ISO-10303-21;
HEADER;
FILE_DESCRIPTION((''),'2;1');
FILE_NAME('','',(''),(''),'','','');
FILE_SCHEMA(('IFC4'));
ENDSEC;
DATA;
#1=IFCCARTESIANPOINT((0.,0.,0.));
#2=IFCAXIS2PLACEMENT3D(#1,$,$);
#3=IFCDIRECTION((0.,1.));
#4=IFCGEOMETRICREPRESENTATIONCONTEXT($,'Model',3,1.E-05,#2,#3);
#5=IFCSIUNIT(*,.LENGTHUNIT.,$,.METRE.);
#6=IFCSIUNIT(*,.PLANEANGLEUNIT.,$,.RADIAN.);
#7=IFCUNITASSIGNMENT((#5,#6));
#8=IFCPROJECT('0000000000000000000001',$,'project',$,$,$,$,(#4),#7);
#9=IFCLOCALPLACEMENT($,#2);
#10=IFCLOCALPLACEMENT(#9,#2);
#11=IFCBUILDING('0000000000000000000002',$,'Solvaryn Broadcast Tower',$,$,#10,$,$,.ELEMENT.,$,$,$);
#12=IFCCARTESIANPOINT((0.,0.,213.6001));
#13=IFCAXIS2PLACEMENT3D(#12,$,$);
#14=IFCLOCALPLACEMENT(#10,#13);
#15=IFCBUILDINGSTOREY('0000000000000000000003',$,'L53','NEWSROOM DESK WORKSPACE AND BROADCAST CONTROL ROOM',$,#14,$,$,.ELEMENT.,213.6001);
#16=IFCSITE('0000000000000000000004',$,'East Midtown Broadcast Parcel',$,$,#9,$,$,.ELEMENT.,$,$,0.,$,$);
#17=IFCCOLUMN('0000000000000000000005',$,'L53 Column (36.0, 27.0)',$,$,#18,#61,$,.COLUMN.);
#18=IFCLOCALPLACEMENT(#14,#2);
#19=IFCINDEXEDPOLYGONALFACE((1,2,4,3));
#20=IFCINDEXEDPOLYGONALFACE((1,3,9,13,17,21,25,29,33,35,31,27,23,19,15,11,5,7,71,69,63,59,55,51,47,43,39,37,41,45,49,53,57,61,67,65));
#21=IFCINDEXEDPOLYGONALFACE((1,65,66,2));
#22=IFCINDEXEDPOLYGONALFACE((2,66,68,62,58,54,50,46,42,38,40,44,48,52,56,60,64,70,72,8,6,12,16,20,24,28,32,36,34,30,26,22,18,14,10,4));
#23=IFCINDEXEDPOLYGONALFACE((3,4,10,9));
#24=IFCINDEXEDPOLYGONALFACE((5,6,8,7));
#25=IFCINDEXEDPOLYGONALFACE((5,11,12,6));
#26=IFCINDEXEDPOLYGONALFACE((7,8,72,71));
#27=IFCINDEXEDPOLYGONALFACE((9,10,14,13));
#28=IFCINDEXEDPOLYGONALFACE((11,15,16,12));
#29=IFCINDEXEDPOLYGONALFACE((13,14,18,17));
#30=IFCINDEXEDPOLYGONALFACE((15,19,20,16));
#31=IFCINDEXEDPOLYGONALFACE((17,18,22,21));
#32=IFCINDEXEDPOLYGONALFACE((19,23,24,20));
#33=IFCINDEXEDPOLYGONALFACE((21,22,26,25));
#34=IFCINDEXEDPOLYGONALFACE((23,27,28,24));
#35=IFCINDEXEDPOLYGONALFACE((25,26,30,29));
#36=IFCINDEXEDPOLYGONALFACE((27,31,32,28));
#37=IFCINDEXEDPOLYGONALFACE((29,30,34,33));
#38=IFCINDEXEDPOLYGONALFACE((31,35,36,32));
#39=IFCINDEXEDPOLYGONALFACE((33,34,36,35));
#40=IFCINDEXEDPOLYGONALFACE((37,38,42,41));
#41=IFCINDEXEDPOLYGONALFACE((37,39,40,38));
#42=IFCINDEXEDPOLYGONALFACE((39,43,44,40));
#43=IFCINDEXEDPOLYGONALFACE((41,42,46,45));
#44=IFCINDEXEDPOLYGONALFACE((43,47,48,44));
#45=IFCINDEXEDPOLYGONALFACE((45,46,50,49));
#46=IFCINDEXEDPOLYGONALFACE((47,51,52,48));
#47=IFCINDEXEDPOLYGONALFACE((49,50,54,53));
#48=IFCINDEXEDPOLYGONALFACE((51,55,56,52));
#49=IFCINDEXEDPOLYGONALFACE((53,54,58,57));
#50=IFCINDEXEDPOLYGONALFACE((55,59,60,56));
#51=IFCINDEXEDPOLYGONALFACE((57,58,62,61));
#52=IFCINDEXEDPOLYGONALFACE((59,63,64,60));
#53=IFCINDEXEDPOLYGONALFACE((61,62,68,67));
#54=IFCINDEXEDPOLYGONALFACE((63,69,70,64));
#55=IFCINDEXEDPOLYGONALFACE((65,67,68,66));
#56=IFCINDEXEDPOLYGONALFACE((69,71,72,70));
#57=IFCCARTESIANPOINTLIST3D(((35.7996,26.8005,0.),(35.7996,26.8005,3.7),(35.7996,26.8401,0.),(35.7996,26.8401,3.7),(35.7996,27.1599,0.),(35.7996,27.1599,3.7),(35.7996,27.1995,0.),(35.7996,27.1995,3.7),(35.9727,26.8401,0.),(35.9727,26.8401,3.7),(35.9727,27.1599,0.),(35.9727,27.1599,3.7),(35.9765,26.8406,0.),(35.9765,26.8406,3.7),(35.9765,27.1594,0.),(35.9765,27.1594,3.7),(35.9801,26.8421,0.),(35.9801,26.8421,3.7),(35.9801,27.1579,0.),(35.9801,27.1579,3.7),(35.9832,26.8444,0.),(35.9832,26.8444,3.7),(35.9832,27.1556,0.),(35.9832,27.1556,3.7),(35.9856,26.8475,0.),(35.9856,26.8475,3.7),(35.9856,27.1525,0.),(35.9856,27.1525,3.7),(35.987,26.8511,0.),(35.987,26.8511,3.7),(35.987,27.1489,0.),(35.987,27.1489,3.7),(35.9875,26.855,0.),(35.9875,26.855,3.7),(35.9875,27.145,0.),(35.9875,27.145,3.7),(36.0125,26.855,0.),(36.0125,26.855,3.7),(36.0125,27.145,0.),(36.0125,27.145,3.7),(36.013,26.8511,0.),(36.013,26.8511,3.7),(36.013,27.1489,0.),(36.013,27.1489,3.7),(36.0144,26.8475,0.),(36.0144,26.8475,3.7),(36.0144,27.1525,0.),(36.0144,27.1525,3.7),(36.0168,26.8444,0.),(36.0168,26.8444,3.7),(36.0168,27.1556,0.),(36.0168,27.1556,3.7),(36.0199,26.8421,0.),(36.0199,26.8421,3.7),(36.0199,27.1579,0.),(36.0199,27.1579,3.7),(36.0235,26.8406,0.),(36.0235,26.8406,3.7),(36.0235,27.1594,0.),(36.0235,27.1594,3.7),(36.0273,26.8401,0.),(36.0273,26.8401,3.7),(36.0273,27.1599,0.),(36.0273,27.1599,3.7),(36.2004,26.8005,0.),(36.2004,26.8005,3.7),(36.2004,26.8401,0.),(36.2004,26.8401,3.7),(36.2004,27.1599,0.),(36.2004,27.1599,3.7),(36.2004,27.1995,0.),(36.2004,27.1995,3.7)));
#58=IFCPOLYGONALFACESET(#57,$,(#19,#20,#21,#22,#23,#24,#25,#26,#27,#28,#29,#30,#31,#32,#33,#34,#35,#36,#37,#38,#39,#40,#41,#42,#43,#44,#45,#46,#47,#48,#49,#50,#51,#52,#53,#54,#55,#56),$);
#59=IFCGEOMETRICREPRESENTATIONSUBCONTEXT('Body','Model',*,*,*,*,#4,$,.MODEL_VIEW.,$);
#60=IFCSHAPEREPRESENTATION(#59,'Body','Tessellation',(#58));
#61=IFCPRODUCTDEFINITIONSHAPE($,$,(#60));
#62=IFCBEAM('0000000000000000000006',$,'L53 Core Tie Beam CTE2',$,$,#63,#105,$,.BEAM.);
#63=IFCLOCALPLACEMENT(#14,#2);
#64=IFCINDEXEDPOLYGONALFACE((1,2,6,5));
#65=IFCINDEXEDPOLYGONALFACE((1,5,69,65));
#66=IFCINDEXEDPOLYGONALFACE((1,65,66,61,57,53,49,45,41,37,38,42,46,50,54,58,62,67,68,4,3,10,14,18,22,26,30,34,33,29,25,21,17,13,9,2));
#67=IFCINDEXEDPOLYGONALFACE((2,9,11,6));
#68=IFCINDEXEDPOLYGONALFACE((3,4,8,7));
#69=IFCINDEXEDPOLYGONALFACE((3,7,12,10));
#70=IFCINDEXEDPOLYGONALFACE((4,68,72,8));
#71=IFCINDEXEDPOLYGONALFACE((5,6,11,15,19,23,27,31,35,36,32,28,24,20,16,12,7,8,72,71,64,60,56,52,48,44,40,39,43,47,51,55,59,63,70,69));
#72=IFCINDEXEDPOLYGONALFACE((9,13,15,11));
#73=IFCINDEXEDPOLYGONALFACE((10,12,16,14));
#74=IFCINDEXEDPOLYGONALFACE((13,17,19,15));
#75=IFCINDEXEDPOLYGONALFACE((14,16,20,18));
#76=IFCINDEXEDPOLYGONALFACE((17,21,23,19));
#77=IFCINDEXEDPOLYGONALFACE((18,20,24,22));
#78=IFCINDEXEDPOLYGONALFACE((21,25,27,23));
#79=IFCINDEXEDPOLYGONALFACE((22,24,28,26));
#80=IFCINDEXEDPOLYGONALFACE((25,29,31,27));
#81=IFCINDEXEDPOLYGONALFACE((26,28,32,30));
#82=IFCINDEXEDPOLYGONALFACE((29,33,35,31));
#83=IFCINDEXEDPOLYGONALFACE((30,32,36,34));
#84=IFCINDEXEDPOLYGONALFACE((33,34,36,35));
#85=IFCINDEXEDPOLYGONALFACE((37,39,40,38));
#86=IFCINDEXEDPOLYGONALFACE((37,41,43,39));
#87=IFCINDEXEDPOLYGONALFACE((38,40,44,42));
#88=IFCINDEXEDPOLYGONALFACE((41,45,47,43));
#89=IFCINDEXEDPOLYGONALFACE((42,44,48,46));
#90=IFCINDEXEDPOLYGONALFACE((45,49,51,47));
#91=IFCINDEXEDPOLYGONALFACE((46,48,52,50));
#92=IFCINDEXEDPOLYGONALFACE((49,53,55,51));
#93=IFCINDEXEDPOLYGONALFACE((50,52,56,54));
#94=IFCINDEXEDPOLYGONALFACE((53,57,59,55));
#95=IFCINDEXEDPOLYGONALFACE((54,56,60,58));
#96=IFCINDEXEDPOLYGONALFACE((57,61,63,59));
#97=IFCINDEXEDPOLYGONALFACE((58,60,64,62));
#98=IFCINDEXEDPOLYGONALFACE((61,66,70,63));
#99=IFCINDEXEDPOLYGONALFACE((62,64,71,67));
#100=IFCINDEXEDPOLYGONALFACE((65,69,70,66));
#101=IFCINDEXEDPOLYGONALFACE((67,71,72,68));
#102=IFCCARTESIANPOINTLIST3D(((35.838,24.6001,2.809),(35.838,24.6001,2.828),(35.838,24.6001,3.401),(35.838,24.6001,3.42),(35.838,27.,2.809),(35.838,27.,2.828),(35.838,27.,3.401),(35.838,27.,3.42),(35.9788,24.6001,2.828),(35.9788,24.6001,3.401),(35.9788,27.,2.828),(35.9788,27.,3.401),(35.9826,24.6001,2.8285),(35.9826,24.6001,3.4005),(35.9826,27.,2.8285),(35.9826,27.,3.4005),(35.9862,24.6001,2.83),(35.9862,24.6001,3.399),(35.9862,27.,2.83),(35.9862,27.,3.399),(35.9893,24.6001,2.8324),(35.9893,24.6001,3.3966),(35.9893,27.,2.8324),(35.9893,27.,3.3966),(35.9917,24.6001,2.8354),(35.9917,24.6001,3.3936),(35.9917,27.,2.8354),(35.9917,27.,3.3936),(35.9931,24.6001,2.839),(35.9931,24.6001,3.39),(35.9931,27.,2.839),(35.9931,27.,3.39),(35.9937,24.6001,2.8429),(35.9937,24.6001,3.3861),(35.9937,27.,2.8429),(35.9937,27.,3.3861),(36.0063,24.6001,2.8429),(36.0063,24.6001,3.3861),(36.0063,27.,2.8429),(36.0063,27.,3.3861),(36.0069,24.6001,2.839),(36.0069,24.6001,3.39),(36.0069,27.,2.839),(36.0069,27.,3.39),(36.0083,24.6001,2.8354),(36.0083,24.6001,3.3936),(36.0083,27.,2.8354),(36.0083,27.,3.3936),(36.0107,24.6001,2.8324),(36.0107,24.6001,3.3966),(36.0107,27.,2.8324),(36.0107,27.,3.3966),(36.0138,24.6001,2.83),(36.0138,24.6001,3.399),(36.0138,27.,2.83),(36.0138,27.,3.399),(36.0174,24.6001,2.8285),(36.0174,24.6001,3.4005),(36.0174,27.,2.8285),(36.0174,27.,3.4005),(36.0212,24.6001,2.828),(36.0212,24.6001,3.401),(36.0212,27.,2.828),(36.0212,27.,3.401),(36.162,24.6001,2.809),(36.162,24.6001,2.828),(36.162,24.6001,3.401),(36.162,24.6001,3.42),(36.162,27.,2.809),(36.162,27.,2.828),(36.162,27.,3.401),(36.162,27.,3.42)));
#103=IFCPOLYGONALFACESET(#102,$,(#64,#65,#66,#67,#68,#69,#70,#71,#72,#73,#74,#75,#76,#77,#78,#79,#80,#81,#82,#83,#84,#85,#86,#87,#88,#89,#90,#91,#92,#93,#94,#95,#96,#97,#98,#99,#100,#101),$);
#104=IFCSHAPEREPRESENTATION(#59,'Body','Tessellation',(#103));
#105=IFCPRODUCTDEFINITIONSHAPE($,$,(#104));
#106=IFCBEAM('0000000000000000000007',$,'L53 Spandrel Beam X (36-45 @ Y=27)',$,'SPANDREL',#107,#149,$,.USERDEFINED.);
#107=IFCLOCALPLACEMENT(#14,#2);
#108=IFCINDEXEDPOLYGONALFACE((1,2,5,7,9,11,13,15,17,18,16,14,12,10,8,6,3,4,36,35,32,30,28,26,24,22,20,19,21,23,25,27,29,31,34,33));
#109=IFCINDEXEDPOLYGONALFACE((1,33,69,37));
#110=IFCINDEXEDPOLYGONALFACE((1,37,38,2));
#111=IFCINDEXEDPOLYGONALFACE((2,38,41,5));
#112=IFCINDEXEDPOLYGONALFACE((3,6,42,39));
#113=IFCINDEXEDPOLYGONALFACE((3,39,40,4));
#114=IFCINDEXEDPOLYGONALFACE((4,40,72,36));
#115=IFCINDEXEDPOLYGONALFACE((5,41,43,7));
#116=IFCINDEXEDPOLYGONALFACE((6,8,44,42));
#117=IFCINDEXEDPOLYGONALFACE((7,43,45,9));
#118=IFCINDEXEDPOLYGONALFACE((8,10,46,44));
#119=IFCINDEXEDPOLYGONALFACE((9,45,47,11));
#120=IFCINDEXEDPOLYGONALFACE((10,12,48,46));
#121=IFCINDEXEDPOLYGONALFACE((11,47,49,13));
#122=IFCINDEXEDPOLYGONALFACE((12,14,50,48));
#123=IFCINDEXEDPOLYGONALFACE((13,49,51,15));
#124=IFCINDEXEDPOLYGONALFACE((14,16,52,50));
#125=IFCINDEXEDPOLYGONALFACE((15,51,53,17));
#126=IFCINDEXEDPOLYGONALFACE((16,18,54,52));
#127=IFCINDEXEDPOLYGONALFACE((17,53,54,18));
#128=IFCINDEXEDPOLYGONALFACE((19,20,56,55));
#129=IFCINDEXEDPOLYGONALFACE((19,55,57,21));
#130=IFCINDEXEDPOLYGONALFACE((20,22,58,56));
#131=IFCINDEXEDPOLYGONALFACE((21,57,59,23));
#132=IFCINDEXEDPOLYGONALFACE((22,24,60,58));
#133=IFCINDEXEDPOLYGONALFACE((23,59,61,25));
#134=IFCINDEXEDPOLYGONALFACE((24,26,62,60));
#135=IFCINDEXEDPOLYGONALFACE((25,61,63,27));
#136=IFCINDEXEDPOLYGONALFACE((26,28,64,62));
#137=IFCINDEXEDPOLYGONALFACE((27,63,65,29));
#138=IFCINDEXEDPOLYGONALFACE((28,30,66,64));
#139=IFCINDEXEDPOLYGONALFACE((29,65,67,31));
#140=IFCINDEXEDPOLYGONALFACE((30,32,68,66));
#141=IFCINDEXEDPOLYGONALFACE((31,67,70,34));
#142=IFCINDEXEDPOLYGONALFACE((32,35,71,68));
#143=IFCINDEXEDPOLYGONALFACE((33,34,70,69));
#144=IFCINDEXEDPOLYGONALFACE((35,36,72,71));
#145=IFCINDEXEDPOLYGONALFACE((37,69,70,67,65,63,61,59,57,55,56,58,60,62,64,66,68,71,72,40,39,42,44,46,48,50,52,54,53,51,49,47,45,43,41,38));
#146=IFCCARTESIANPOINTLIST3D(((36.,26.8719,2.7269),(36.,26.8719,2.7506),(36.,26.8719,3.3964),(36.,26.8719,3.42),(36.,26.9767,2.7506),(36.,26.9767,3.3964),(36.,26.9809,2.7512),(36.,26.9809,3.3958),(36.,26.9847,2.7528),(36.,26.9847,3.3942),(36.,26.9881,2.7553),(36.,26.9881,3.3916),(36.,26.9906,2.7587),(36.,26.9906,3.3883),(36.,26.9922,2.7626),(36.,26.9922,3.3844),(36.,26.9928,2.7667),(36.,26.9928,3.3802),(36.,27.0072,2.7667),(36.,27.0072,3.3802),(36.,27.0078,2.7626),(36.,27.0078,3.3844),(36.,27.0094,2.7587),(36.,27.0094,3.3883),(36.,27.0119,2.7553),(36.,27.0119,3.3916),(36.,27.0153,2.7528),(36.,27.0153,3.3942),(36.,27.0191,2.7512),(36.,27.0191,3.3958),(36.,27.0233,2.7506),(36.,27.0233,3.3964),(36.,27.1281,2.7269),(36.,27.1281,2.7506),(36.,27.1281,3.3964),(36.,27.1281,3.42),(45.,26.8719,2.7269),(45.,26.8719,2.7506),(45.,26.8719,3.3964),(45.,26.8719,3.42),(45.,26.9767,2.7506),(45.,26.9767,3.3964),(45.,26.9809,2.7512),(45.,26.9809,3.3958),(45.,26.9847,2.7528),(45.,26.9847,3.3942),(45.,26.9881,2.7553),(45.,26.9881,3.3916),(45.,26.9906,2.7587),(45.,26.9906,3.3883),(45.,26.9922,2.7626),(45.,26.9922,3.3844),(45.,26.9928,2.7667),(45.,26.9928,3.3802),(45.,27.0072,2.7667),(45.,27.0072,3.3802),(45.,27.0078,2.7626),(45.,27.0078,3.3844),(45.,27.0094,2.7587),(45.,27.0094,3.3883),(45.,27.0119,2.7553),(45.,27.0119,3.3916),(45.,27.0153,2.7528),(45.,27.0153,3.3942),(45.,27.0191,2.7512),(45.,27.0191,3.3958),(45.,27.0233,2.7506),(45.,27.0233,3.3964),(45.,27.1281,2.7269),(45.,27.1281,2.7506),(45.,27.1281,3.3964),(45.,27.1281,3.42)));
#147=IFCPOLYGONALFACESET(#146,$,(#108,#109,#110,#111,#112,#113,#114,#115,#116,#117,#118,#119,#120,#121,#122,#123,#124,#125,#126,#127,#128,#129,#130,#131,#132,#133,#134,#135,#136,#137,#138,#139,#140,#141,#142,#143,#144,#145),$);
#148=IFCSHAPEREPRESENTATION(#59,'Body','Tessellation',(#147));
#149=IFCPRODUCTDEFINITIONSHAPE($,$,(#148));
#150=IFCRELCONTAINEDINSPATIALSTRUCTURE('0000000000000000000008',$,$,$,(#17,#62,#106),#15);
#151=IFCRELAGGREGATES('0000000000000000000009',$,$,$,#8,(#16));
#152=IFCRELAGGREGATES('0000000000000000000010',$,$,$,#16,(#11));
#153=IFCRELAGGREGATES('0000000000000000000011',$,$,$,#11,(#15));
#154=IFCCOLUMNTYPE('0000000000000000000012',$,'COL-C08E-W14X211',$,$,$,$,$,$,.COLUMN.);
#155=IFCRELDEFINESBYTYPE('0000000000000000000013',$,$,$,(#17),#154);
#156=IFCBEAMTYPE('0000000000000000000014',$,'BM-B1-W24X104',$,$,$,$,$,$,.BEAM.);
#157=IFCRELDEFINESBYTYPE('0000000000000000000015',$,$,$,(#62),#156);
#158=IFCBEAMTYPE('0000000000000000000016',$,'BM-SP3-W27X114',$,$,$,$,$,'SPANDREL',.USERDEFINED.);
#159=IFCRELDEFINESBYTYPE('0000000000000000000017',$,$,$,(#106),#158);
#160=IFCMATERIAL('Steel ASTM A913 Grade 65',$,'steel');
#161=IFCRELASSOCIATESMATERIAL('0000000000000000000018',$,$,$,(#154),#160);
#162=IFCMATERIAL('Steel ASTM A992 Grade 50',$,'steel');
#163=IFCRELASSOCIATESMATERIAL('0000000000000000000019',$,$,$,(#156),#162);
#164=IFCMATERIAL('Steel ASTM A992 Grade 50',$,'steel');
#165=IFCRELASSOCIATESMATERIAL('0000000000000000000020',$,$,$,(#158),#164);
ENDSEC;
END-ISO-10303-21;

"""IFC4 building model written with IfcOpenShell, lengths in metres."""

from ifc_helpers import new_model, si_unit, direction, frame, origin, origin_2d, place, context, subcontext, project, spatial, i_section, extrude, material, material_profile, profile_set, type_object, element, save


model = new_model("IFC4")

# Units and contexts
model_context = context("Model", 3, precision=1e-05, world=origin(), true_north=direction((0.0, 1.0)))
body_context = subcontext(model_context, "Body", "Model", "MODEL_VIEW")
ifc_project = project(units=[si_unit("LENGTHUNIT", "METRE"), si_unit("PLANEANGLEUNIT", "RADIAN")], contexts=[model_context])

# Site, building, storey
site_placement = place(None, origin())
site = spatial("IfcSite", under=ifc_project, at=site_placement, Name="East Midtown Broadcast Parcel", CompositionType="ELEMENT", RefElevation=0.0)
building_placement = place(site_placement, origin())
building = spatial("IfcBuilding", under=site, at=building_placement, Name="Solvaryn Broadcast Tower", CompositionType="ELEMENT")
storey_placement = place(building_placement, frame((0.0, 0.0, 213.6001)))
storey = spatial("IfcBuildingStorey", under=building, at=storey_placement, Name="L53", Description="NEWSROOM DESK WORKSPACE AND BROADCAST CONTROL ROOM", CompositionType="ELEMENT", Elevation=213.6001)

# Column
ifc_material_1 = material(Name="Steel ASTM A913 Grade 65", Category="steel")
ifc_material_profile_1 = material_profile(ifc_material_1, i_section(OverallWidth=0.4009, OverallDepth=0.3989, WebThickness=0.0249, FlangeThickness=0.0396, FilletRadius=0.0149, at=origin_2d()))
ifc_profile_set_1 = profile_set([ifc_material_profile_1], Name="Steel ASTM A913 Grade 65")
column_type = type_object("IfcColumnType", Name="COL-C08E-W14X211", PredefinedType="COLUMN", material=ifc_profile_set_1)
column_placement = place(storey_placement, frame((36.0, 27.0, 0.0), z_axis=(0.0, 0.0, 1.0), x_axis=(1.0, 0.0, 0.0)))
element("IfcColumn", 1, at=column_placement, inside=storey, type_object=column_type, Name="L53 Column (36.0, 27.0)", PredefinedType="COLUMN", context=body_context, shape_type="SweptSolid", body=[
    extrude(i_section(OverallWidth=0.4009, OverallDepth=0.3989, WebThickness=0.0249, FlangeThickness=0.0396, FilletRadius=0.0149, at=origin_2d()), origin(), (0.0, 0.0, 1.0), 3.7),
])

# Beams
ifc_material_2 = material(Name="Steel ASTM A992 Grade 50", Category="steel")
ifc_material_profile_2 = material_profile(ifc_material_2, i_section(OverallWidth=0.324, OverallDepth=0.6111, WebThickness=0.0127, FlangeThickness=0.019, FilletRadius=0.0149, at=origin_2d()))
ifc_profile_set_2 = profile_set([ifc_material_profile_2], Name="Steel ASTM A992 Grade 50")
beam_type_1 = type_object("IfcBeamType", Name="BM-B1-W24X104", PredefinedType="BEAM", material=ifc_profile_set_2)
beam_1_placement = place(storey_placement, frame((36.0, 24.6001, 3.1145), z_axis=(0.0, 1.0, 0.0), x_axis=(-1.0, 0.0, 0.0)))
element("IfcBeam", 2, at=beam_1_placement, inside=storey, type_object=beam_type_1, Name="L53 Core Tie Beam CTE2", PredefinedType="BEAM", context=body_context, shape_type="SweptSolid", body=[
    extrude(i_section(OverallWidth=0.324, OverallDepth=0.6111, WebThickness=0.0127, FlangeThickness=0.019, FilletRadius=0.0149, at=origin_2d()), origin(), (0.0, 0.0, 1.0), 2.3999),
])
ifc_material_3 = material(Name="Steel ASTM A992 Grade 50", Category="steel")
ifc_material_profile_3 = material_profile(ifc_material_3, i_section(OverallWidth=0.2561, OverallDepth=0.6931, WebThickness=0.0144, FlangeThickness=0.0237, FilletRadius=0.0161, at=origin_2d()))
ifc_profile_set_3 = profile_set([ifc_material_profile_3], Name="Steel ASTM A992 Grade 50")
beam_type_2 = type_object("IfcBeamType", Name="BM-SP3-W27X114", ElementType="SPANDREL", PredefinedType="USERDEFINED", material=ifc_profile_set_3)
beam_2_placement = place(storey_placement, frame((36.0, 27.0, 3.0735), z_axis=(1.0, 0.0, 0.0), x_axis=(0.0, 1.0, 0.0)))
element("IfcBeam", 3, at=beam_2_placement, inside=storey, type_object=beam_type_2, Name="L53 Spandrel Beam X (36-45 @ Y=27)", ObjectType="SPANDREL", PredefinedType="USERDEFINED", context=body_context, shape_type="SweptSolid", body=[
    extrude(i_section(OverallWidth=0.2561, OverallDepth=0.6931, WebThickness=0.0144, FlangeThickness=0.0237, FilletRadius=0.0161, at=origin_2d()), origin(), (0.0, 0.0, 1.0), 9.0),
])

save(model, "model.ifc")
